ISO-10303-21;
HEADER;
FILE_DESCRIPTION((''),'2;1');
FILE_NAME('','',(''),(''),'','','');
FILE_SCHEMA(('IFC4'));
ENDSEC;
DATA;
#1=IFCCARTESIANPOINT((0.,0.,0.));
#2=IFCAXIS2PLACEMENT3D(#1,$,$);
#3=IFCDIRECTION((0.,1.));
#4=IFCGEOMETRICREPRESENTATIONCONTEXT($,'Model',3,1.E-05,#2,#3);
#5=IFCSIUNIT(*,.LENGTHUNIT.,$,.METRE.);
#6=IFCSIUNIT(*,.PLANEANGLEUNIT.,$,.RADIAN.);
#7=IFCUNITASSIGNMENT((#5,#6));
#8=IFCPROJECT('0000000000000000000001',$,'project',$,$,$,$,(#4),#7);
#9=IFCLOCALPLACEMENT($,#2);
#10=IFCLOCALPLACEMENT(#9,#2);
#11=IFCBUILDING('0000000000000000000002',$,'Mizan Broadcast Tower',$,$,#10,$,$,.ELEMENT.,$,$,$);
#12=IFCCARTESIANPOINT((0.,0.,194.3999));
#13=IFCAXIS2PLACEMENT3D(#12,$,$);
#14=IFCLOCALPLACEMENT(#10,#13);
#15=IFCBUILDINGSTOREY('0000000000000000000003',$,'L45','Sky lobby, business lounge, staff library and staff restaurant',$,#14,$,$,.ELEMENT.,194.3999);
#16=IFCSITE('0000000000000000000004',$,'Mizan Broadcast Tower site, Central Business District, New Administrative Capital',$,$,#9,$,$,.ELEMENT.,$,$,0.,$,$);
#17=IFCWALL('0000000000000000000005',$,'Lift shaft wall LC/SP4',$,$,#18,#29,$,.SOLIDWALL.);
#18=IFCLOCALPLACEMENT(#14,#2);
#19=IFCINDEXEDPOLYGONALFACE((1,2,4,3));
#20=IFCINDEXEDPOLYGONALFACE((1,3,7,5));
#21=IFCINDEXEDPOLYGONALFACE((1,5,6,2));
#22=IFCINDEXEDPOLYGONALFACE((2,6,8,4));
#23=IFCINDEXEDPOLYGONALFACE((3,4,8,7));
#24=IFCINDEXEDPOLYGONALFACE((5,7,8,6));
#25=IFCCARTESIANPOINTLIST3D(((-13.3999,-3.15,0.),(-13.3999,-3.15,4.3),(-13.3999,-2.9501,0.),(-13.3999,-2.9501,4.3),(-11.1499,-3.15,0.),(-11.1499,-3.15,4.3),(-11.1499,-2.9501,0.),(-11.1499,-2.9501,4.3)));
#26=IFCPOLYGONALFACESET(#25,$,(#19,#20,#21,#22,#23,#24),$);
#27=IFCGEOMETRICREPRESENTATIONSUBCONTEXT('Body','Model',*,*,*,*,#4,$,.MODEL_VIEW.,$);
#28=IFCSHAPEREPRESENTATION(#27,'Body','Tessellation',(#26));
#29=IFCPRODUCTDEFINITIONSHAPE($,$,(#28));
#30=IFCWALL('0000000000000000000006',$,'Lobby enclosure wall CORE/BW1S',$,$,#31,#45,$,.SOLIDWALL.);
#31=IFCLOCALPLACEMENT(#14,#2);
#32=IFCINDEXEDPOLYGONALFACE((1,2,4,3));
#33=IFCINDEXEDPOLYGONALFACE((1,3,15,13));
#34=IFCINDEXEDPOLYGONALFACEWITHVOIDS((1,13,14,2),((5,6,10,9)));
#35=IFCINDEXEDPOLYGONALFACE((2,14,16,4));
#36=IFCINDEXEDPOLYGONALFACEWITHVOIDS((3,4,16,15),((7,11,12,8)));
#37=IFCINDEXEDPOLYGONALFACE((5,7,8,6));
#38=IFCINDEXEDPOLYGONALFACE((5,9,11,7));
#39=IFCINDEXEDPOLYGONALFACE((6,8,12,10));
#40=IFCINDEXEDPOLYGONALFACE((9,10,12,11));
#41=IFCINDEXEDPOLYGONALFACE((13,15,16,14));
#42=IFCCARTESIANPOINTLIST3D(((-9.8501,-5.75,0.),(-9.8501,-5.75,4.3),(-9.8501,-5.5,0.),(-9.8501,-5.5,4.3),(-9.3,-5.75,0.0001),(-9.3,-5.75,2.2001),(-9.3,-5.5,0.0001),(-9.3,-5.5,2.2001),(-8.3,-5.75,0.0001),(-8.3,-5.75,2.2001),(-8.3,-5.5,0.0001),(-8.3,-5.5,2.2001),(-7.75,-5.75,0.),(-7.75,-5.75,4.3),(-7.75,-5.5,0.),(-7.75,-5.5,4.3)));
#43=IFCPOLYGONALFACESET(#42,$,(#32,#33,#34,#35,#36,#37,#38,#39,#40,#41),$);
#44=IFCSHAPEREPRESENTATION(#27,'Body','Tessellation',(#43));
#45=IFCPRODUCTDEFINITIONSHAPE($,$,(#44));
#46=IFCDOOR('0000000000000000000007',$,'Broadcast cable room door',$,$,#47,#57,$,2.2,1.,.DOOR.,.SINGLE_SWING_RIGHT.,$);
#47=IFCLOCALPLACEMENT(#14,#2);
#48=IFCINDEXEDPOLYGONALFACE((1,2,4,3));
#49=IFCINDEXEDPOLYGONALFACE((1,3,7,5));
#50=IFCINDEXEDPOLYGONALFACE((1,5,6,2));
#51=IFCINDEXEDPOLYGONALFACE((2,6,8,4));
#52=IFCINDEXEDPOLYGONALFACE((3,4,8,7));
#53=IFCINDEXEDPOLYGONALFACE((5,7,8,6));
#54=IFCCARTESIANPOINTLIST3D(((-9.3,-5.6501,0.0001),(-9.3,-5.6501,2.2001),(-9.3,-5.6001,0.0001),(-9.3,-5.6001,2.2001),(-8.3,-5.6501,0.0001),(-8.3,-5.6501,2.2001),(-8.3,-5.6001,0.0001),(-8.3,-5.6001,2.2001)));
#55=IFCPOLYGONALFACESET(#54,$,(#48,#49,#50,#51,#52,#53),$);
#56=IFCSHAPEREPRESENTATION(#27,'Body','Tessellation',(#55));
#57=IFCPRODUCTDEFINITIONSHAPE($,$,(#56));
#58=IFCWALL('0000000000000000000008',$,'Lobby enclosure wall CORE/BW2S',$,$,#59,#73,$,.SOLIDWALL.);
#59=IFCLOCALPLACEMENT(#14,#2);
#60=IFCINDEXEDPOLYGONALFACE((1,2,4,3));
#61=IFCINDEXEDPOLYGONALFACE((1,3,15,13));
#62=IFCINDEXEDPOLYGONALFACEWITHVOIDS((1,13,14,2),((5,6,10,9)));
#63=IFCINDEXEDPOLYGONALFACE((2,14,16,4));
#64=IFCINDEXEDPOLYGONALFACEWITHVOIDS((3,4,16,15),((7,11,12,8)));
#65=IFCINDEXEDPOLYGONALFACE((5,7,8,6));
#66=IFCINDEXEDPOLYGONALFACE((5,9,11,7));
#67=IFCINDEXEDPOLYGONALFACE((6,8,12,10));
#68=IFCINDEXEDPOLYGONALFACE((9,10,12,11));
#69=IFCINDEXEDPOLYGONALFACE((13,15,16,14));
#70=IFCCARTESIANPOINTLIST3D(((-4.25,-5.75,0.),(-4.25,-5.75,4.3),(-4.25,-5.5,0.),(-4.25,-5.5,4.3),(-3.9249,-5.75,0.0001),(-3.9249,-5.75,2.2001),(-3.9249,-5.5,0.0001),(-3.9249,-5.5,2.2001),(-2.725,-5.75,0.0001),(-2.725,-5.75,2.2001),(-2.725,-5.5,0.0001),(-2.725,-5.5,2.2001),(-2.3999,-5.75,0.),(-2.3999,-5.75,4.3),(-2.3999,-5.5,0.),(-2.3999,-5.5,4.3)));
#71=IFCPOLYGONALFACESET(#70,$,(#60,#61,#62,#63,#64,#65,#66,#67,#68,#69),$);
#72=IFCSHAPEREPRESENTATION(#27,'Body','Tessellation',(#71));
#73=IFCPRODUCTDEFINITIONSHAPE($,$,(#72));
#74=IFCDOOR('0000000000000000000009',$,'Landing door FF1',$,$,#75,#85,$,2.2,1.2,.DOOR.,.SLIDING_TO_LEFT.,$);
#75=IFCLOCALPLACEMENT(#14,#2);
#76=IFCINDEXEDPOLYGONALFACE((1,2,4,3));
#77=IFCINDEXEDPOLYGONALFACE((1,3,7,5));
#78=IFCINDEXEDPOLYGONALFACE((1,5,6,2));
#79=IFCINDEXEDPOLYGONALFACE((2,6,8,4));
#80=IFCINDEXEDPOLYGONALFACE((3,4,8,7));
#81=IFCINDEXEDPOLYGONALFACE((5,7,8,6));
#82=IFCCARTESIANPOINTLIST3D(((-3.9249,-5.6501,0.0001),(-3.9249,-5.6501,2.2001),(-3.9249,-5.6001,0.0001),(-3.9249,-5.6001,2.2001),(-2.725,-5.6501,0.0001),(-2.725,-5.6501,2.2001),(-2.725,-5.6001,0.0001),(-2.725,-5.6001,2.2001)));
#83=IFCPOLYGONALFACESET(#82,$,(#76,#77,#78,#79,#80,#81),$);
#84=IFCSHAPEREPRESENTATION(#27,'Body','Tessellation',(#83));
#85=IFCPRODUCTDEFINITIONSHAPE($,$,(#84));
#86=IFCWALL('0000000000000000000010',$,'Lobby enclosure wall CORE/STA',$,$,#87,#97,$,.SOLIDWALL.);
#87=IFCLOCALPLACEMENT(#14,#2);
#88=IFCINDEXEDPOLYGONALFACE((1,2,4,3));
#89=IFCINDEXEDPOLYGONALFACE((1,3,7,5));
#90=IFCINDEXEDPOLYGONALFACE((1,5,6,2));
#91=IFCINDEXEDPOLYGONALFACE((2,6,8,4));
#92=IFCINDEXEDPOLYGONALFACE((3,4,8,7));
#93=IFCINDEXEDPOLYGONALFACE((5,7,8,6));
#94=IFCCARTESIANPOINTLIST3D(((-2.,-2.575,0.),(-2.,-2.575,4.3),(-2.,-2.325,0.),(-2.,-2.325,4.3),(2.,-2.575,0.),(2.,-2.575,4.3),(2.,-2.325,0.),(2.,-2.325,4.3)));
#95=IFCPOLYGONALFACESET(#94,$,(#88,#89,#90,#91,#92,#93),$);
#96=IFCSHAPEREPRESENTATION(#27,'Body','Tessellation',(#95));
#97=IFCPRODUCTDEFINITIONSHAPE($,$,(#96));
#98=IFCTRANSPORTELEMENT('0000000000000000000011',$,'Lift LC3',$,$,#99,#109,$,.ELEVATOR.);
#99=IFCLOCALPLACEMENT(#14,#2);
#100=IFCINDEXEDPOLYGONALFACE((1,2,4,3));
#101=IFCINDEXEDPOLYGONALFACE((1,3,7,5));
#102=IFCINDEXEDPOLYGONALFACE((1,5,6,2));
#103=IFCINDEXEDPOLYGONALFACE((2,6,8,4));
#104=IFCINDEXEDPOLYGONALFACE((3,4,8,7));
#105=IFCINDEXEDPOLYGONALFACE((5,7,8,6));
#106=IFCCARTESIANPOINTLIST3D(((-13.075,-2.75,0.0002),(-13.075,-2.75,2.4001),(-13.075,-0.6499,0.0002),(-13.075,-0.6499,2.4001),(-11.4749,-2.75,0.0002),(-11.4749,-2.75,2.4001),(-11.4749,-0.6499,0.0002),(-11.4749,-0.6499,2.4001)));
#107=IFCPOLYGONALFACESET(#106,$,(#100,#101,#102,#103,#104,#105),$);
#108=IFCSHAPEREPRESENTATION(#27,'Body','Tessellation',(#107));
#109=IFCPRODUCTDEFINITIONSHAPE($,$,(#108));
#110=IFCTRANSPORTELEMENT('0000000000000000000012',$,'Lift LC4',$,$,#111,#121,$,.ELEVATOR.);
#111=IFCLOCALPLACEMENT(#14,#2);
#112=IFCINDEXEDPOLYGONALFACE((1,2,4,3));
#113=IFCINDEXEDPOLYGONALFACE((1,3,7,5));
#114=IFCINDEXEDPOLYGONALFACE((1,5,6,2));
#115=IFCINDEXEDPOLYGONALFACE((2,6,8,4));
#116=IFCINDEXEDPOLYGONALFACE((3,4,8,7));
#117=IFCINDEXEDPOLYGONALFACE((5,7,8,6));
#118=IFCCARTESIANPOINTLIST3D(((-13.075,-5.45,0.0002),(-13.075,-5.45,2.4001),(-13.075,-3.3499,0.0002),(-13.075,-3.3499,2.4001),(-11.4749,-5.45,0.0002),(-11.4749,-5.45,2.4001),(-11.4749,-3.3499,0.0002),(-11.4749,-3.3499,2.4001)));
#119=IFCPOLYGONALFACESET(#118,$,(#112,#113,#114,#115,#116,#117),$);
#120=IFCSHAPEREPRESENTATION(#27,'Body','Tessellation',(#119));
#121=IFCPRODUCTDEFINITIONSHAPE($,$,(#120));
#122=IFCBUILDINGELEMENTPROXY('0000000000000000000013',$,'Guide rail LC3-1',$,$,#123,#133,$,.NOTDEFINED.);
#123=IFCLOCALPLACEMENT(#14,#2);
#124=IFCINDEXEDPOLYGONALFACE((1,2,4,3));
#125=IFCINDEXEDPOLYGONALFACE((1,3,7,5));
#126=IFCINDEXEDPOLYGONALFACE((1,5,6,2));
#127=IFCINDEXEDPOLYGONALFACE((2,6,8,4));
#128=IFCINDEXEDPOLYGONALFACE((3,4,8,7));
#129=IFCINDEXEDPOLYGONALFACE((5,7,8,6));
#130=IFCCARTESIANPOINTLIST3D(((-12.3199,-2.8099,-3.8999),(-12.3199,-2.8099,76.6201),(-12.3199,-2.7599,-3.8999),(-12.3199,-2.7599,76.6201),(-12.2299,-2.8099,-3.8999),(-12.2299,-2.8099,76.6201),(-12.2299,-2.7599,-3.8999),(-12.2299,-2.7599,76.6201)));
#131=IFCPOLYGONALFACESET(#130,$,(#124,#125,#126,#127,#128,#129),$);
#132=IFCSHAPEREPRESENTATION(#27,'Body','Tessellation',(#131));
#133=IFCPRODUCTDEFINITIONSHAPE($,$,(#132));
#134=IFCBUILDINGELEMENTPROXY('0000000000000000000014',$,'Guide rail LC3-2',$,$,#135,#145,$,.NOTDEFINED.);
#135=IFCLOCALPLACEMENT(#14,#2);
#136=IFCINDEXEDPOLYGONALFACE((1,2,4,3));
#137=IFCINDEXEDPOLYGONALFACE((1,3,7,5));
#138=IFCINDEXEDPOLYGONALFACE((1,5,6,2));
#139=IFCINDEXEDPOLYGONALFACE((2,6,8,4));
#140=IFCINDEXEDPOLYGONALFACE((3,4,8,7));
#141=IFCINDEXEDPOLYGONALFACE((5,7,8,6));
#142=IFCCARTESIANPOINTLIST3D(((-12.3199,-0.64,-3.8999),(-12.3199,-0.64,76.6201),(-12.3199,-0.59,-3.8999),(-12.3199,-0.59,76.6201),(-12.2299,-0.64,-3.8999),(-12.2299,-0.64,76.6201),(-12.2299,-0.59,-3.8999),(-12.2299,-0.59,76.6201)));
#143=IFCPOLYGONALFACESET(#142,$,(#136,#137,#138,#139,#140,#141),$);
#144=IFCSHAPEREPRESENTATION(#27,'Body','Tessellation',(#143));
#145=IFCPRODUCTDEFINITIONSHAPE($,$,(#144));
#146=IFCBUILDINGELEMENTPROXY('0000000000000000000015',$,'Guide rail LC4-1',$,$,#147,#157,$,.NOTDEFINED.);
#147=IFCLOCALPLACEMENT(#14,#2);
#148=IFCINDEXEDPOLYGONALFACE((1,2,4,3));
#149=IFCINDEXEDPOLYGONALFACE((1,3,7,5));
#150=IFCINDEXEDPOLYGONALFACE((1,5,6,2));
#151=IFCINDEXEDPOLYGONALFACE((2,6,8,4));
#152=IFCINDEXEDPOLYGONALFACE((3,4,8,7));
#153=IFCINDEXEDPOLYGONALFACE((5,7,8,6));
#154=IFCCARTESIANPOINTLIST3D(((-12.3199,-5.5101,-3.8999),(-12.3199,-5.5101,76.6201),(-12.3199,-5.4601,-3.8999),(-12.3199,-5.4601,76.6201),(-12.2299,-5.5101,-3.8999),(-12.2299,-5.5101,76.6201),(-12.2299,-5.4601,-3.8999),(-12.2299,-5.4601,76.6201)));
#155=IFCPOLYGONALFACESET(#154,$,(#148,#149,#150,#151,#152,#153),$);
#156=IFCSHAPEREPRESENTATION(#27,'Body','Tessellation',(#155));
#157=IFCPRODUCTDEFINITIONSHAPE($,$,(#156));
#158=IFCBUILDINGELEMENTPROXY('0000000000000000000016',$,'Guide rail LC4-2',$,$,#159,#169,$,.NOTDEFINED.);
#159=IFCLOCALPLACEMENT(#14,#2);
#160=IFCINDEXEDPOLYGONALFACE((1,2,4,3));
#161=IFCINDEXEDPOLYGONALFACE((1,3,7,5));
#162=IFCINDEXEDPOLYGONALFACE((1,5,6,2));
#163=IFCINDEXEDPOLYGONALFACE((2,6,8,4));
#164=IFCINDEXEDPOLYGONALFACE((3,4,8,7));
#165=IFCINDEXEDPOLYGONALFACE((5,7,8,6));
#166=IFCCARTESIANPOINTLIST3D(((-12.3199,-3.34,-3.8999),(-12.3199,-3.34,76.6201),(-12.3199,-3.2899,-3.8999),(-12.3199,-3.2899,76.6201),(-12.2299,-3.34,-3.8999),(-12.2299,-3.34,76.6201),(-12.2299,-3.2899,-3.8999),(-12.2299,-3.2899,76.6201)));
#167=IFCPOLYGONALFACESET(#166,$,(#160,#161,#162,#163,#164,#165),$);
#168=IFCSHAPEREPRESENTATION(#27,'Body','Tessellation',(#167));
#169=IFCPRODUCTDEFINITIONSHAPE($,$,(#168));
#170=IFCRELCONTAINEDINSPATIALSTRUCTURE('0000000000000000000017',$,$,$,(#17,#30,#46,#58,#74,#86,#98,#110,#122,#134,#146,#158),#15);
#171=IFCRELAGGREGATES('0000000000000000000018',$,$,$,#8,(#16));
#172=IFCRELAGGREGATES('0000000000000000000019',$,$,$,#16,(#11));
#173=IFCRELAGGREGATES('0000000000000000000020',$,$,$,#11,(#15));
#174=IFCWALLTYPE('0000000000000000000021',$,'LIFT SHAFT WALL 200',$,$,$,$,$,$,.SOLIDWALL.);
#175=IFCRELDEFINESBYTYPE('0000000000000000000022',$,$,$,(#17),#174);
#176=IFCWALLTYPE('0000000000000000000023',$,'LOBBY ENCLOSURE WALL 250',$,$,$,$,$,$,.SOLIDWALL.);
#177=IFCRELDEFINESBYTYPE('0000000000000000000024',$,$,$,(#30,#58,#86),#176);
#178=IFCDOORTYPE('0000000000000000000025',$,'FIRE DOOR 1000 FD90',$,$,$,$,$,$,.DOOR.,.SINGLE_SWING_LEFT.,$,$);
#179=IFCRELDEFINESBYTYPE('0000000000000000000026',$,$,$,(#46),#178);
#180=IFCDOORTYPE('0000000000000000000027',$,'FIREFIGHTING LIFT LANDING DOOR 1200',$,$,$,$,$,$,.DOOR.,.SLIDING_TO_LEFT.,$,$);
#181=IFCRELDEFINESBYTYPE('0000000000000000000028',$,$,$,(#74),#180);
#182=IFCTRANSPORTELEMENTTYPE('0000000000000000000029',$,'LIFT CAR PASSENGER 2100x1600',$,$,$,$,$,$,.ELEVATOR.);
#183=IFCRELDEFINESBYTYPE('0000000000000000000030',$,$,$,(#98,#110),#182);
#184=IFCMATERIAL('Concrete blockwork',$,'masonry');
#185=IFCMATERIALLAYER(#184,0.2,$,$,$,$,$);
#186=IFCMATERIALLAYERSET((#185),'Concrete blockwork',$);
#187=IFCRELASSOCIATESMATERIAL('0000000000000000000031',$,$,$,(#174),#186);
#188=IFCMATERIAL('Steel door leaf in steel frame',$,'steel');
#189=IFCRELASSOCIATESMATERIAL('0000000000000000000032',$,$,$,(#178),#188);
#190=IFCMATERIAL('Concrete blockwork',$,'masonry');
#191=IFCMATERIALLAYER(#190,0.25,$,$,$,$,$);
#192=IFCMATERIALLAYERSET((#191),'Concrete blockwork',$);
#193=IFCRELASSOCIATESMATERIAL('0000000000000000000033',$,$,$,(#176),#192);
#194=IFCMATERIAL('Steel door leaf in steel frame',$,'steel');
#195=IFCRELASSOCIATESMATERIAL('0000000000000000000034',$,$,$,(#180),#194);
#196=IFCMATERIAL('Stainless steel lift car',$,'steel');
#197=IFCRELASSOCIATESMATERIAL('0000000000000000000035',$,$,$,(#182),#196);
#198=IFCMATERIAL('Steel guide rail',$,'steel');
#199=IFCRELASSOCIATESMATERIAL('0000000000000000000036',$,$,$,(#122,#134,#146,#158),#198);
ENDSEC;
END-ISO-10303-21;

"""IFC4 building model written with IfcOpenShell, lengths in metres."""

from ifc_helpers import new_model, si_unit, direction, frame, frame_2d, origin, origin_2d, place, context, subcontext, project, spatial, rectangle, extrude, material, layer, layer_set, type_object, element, fill, save


model = new_model("IFC4")

# Units and contexts
model_context = context("Model", 3, precision=1e-05, world=origin(), true_north=direction((0.0, 1.0)))
body_context = subcontext(model_context, "Body", "Model", "MODEL_VIEW")
ifc_project = project(units=[si_unit("LENGTHUNIT", "METRE"), si_unit("PLANEANGLEUNIT", "RADIAN")], contexts=[model_context])

# Site, building, storey
site_placement = place(None, origin())
site = spatial("IfcSite", under=ifc_project, at=site_placement, Name="Mizan Broadcast Tower site, Central Business District, New Administrative Capital", CompositionType="ELEMENT", RefElevation=0.0)
building_placement = place(site_placement, origin())
building = spatial("IfcBuilding", under=site, at=building_placement, Name="Mizan Broadcast Tower", CompositionType="ELEMENT")
storey_placement = place(building_placement, frame((0.0, 0.0, 194.3999)))
storey = spatial("IfcBuildingStorey", under=building, at=storey_placement, Name="L45", Description="Sky lobby, business lounge, staff library and staff restaurant", CompositionType="ELEMENT", Elevation=194.3999)

# Shared definitions
ifc_material_1 = material(Name="Concrete blockwork", Category="masonry")
ifc_layer_1 = layer(ifc_material_1, 0.2)
ifc_layer_set_1 = layer_set([ifc_layer_1], Name="Concrete blockwork")
wall_type_1 = type_object("IfcWallType", Name="LIFT SHAFT WALL 200", PredefinedType="SOLIDWALL", material=ifc_layer_set_1)

# Shared definitions
ifc_material_2 = material(Name="Steel door leaf in steel frame", Category="steel")
door_type_1 = type_object("IfcDoorType", Name="FIRE DOOR 1000 FD90", OperationType="SINGLE_SWING_LEFT", PredefinedType="DOOR", material=ifc_material_2)

# Wall
wall_1_placement = place(storey_placement, frame((-11.1499, -3.05, 0.0), z_axis=(0.0, 0.0, 1.0), x_axis=(-1.0, 0.0, 0.0)))
element("IfcWall", 1, at=wall_1_placement, inside=storey, type_object=wall_type_1, Name="Lift shaft wall LC/SP4", PredefinedType="SOLIDWALL", context=body_context, shape_type="SweptSolid", body=[
    extrude(rectangle(XDim=2.25, YDim=0.2, at=frame_2d((1.125, 0.0))), origin(), (0.0, 0.0, 1.0), 4.3),
])

# Walls, openings, doors
ifc_material_3 = material(Name="Concrete blockwork", Category="masonry")
ifc_layer_2 = layer(ifc_material_3, 0.25)
ifc_layer_set_2 = layer_set([ifc_layer_2], Name="Concrete blockwork")
wall_type_2 = type_object("IfcWallType", Name="LOBBY ENCLOSURE WALL 250", PredefinedType="SOLIDWALL", material=ifc_layer_set_2)
wall_2_placement = place(storey_placement, frame((-9.8501, -5.625, 0.0), z_axis=(0.0, 0.0, 1.0), x_axis=(1.0, 0.0, 0.0)))
wall_2 = element("IfcWall", 2, at=wall_2_placement, inside=storey, type_object=wall_type_2, Name="Lobby enclosure wall CORE/BW1S", PredefinedType="SOLIDWALL", context=body_context, shape_type="SweptSolid", body=[
    extrude(rectangle(XDim=2.1001, YDim=0.25, at=frame_2d((1.05, 0.0))), origin(), (0.0, 0.0, 1.0), 4.3),
])
opening_1_placement = place(wall_2_placement, frame((0.55, 0.0, 0.0)))
opening_1 = element("IfcOpeningElement", 3, at=opening_1_placement, cuts=wall_2, PredefinedType="OPENING", context=body_context, shape_type="SweptSolid", body=[
    extrude(rectangle(XDim=1.0, YDim=2.2, at=frame_2d((0.5, 1.1001))), frame((0.0, 0.135, 0.0), z_axis=(0.0, -1.0, 0.0), x_axis=(1.0, 0.0, 0.0)), (0.0, 0.0, 1.0), 0.27),
])
door_1_placement = place(opening_1_placement, origin())
door_1 = element("IfcDoor", 4, at=door_1_placement, inside=storey, type_object=door_type_1, Name="Broadcast cable room door", OperationType="SINGLE_SWING_RIGHT", OverallHeight=2.2, OverallWidth=1.0, PredefinedType="DOOR", context=body_context, shape_type="SweptSolid", body=[
    extrude(rectangle(XDim=1.0, YDim=2.2, at=frame_2d((0.5, 1.1001))), frame((0.0, 0.0249, 0.0), z_axis=(0.0, -1.0, 0.0), x_axis=(1.0, 0.0, 0.0)), (0.0, 0.0, 1.0), 0.05),
])
fill(opening_1, door_1)
wall_3_placement = place(storey_placement, frame((-4.25, -5.625, 0.0), z_axis=(0.0, 0.0, 1.0), x_axis=(1.0, 0.0, 0.0)))
wall_3 = element("IfcWall", 5, at=wall_3_placement, inside=storey, type_object=wall_type_2, Name="Lobby enclosure wall CORE/BW2S", PredefinedType="SOLIDWALL", context=body_context, shape_type="SweptSolid", body=[
    extrude(rectangle(XDim=1.8501, YDim=0.25, at=frame_2d((0.925, 0.0))), origin(), (0.0, 0.0, 1.0), 4.3),
])
opening_2_placement = place(wall_3_placement, frame((0.325, 0.0, 0.0)))
opening_2 = element("IfcOpeningElement", 6, at=opening_2_placement, cuts=wall_3, PredefinedType="OPENING", context=body_context, shape_type="SweptSolid", body=[
    extrude(rectangle(XDim=1.2, YDim=2.2, at=frame_2d((0.6001, 1.1001))), frame((0.0, 0.135, 0.0), z_axis=(0.0, -1.0, 0.0), x_axis=(1.0, 0.0, 0.0)), (0.0, 0.0, 1.0), 0.27),
])
ifc_material_4 = material(Name="Steel door leaf in steel frame", Category="steel")
door_type_2 = type_object("IfcDoorType", Name="FIREFIGHTING LIFT LANDING DOOR 1200", OperationType="SLIDING_TO_LEFT", PredefinedType="DOOR", material=ifc_material_4)
door_2_placement = place(opening_2_placement, origin())
door_2 = element("IfcDoor", 7, at=door_2_placement, inside=storey, type_object=door_type_2, Name="Landing door FF1", OperationType="SLIDING_TO_LEFT", OverallHeight=2.2, OverallWidth=1.2, PredefinedType="DOOR", context=body_context, shape_type="SweptSolid", body=[
    extrude(rectangle(XDim=1.2, YDim=2.2, at=frame_2d((0.6001, 1.1001))), frame((0.0, 0.0249, 0.0), z_axis=(0.0, -1.0, 0.0), x_axis=(1.0, 0.0, 0.0)), (0.0, 0.0, 1.0), 0.05),
])
fill(opening_2, door_2)

# Wall
wall_4_placement = place(storey_placement, frame((-2.0, -2.45, 0.0), z_axis=(0.0, 0.0, 1.0), x_axis=(1.0, 0.0, 0.0)))
element("IfcWall", 8, at=wall_4_placement, inside=storey, type_object=wall_type_2, Name="Lobby enclosure wall CORE/STA", PredefinedType="SOLIDWALL", context=body_context, shape_type="SweptSolid", body=[
    extrude(rectangle(XDim=4.0, YDim=0.25, at=frame_2d((2.0, 0.0))), origin(), (0.0, 0.0, 1.0), 4.3),
])

# Transport elements
ifc_material_5 = material(Name="Stainless steel lift car", Category="steel")
transport_element_type = type_object("IfcTransportElementType", Name="LIFT CAR PASSENGER 2100x1600", PredefinedType="ELEVATOR", material=ifc_material_5)
for number, where, z_axis, x_axis, name in (
    (9, (-12.2749, -1.7, 0.0002), (0.0, 0.0, 1.0), (1.0, 0.0, 0.0), "Lift LC3"),
    (10, (-12.2749, -4.3999, 0.0002), (0.0, 0.0, 1.0), (1.0, 0.0, 0.0), "Lift LC4"),
):
    element("IfcTransportElement", number, at=place(storey_placement, frame(where, z_axis=z_axis, x_axis=x_axis)), inside=storey, type_object=transport_element_type, Name=name, PredefinedType="ELEVATOR", context=body_context, shape_type="SweptSolid", body=[
        extrude(rectangle(XDim=1.6001, YDim=2.1001, at=origin_2d()), origin(), (0.0, 0.0, 1.0), 2.3999),
    ])

# Building element proxies
ifc_material_6 = material(Name="Steel guide rail", Category="steel")
for number, where, z_axis, x_axis, name in (
    (11, (-12.2749, -2.7849, -3.8999), (0.0, 0.0, 1.0), (1.0, 0.0, 0.0), "Guide rail LC3-1"),
    (12, (-12.2749, -0.615, -3.8999), (0.0, 0.0, 1.0), (1.0, 0.0, 0.0), "Guide rail LC3-2"),
    (13, (-12.2749, -5.4851, -3.8999), (0.0, 0.0, 1.0), (1.0, 0.0, 0.0), "Guide rail LC4-1"),
    (14, (-12.2749, -3.3149, -3.8999), (0.0, 0.0, 1.0), (1.0, 0.0, 0.0), "Guide rail LC4-2"),
):
    element("IfcBuildingElementProxy", number, at=place(storey_placement, frame(where, z_axis=z_axis, x_axis=x_axis)), inside=storey, material=ifc_material_6, Name=name, PredefinedType="NOTDEFINED", context=body_context, shape_type="SweptSolid", body=[
        extrude(rectangle(XDim=0.0901, YDim=0.05, at=origin_2d()), origin(), (0.0, 0.0, 1.0), 80.52),
    ])

save(model, "model.ifc")
